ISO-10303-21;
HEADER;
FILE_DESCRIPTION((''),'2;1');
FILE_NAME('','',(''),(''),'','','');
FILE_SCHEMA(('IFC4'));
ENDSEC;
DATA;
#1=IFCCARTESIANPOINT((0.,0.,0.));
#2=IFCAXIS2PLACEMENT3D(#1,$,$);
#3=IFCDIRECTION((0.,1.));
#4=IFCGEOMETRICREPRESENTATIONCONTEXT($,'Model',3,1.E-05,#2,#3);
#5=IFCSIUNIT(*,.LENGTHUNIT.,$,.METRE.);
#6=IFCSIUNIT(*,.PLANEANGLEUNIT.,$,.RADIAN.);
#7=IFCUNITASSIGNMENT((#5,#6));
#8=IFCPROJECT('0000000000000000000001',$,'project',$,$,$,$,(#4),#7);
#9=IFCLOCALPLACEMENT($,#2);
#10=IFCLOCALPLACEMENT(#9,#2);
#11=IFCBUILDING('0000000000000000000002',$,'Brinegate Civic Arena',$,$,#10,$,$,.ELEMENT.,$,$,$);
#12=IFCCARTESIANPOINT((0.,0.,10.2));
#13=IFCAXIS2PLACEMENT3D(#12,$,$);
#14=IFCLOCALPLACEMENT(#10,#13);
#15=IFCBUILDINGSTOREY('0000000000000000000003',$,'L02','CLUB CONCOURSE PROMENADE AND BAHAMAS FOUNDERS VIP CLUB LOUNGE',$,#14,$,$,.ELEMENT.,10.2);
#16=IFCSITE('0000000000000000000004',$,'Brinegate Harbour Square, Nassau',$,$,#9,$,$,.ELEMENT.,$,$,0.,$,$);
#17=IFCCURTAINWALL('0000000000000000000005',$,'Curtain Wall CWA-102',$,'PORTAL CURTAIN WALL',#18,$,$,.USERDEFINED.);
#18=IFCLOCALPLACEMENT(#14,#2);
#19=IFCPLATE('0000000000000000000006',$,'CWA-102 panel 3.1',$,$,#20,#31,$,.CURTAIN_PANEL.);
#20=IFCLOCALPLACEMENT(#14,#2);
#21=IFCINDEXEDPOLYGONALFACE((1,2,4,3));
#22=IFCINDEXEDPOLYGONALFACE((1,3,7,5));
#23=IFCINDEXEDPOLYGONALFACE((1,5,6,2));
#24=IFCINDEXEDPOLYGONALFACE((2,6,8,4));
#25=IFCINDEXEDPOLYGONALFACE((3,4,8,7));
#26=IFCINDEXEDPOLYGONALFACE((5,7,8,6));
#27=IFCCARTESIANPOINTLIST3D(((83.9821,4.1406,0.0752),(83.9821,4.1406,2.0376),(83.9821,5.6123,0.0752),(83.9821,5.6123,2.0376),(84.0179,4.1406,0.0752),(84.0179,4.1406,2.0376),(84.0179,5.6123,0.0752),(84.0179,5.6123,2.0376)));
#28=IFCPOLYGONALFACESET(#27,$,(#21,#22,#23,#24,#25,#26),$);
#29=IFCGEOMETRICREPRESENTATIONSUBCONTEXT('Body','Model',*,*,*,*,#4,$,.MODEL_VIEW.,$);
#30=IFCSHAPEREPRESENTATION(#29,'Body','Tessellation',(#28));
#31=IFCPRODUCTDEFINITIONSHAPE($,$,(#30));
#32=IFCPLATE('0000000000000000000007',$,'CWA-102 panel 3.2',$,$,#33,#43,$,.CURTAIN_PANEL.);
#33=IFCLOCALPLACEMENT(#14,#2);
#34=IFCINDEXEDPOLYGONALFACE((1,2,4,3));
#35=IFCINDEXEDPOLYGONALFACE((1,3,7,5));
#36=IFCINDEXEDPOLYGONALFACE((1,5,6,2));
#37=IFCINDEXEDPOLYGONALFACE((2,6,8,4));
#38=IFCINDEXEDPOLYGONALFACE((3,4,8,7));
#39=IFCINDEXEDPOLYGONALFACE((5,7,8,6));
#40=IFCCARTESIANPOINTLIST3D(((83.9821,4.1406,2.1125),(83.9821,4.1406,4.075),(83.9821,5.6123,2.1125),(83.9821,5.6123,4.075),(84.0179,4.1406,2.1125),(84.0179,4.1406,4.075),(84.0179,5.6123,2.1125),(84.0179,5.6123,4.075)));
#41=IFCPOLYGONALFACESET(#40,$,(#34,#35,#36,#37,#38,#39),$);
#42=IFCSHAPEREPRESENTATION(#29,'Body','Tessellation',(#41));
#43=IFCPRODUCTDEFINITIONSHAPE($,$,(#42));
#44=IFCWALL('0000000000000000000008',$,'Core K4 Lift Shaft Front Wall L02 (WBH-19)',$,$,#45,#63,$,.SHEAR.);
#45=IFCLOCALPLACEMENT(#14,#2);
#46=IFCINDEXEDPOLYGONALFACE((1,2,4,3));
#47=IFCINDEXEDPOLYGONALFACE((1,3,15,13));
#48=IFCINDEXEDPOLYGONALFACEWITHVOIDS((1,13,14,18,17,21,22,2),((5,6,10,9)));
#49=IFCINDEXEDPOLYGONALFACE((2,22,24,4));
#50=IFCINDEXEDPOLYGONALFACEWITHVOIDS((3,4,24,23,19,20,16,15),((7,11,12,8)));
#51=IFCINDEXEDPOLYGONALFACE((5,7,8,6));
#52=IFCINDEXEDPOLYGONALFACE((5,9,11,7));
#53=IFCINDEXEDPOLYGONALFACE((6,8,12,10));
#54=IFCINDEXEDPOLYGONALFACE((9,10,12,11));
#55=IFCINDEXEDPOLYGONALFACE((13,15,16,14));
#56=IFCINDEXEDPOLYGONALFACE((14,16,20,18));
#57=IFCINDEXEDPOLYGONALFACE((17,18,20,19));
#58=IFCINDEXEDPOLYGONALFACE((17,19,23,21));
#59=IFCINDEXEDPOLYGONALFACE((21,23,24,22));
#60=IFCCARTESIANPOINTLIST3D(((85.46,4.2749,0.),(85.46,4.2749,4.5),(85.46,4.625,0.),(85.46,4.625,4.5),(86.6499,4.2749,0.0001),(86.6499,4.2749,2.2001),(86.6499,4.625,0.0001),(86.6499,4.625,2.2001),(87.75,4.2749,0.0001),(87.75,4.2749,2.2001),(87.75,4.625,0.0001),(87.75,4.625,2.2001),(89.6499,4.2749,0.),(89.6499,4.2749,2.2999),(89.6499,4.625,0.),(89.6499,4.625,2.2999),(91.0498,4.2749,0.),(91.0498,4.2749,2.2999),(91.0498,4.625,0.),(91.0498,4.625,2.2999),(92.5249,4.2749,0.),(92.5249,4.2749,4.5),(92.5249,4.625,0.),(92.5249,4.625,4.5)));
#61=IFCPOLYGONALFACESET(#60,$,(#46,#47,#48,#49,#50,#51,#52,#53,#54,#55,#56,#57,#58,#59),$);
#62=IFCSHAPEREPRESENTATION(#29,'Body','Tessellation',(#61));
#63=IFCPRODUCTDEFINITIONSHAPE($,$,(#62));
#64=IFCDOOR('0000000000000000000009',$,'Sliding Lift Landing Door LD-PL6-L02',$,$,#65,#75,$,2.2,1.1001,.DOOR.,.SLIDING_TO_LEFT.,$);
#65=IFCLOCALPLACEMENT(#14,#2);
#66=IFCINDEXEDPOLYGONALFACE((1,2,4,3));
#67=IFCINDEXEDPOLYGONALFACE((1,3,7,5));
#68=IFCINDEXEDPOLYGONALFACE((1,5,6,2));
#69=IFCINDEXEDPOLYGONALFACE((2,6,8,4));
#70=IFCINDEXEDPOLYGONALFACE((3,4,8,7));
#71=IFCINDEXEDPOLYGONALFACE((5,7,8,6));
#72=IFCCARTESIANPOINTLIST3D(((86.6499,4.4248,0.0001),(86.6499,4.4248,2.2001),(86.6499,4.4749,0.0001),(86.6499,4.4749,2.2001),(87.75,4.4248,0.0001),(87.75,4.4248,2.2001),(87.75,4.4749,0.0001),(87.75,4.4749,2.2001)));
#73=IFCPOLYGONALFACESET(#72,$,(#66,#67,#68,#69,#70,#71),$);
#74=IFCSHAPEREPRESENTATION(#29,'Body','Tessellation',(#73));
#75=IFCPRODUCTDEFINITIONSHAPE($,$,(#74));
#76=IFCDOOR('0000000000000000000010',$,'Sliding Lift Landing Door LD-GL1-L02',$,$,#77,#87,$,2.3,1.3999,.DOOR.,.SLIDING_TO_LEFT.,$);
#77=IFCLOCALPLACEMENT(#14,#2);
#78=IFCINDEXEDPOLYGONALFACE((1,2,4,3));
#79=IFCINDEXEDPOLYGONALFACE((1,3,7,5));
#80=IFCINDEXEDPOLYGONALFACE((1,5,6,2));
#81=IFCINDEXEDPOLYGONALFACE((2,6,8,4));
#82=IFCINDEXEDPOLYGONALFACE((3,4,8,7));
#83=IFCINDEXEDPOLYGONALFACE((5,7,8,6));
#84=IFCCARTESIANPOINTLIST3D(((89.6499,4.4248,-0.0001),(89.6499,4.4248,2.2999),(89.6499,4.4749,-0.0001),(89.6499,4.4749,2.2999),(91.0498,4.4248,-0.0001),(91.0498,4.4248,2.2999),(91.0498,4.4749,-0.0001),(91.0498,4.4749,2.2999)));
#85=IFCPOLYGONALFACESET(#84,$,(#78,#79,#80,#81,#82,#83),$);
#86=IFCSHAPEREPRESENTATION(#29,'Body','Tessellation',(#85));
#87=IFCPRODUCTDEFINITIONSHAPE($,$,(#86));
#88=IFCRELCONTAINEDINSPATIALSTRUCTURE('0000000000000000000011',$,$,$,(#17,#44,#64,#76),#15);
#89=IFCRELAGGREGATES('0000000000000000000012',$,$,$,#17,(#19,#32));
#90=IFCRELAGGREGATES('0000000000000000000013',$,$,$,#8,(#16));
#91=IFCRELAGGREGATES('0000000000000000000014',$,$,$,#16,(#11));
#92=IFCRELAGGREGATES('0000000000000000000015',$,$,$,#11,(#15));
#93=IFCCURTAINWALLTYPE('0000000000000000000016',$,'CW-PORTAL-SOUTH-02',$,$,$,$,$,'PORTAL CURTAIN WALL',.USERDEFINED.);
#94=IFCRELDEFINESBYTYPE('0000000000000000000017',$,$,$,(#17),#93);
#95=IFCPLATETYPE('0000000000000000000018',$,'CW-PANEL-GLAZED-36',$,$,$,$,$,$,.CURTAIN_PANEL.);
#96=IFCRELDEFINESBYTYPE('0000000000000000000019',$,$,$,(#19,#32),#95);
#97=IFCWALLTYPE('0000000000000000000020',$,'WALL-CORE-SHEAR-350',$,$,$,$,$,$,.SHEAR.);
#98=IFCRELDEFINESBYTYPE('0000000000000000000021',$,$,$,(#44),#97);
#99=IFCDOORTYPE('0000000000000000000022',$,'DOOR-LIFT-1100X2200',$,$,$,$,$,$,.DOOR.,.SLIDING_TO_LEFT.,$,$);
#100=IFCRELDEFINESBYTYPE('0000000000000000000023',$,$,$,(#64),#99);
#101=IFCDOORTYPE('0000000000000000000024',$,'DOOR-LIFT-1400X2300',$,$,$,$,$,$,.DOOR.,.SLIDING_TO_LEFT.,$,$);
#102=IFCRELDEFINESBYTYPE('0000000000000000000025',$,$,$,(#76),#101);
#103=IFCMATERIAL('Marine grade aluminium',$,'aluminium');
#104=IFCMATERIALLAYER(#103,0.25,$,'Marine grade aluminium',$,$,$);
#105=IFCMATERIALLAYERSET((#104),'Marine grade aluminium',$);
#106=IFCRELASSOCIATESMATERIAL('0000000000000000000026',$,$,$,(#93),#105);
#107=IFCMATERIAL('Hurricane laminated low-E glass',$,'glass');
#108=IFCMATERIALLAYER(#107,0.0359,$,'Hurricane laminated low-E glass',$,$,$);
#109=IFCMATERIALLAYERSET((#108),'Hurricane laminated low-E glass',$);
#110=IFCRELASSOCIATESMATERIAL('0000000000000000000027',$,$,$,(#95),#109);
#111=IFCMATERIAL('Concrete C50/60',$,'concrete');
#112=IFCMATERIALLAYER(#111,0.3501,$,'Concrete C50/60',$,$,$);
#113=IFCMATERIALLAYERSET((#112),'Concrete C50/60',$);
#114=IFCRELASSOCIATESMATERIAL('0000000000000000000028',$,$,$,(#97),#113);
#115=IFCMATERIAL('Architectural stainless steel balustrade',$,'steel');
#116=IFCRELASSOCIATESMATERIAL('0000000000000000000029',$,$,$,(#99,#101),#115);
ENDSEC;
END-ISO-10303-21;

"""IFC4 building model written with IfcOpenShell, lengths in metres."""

from ifc_helpers import new_model, si_unit, direction, frame, frame_2d, origin, origin_2d, place, context, subcontext, project, spatial, rectangle, extrude, material, layer, layer_set, type_object, element, fill, aggregate, save


model = new_model("IFC4")

# Units and contexts
model_context = context("Model", 3, precision=1e-05, world=origin(), true_north=direction((0.0, 1.0)))
body_context = subcontext(model_context, "Body", "Model", "MODEL_VIEW")
ifc_project = project(units=[si_unit("LENGTHUNIT", "METRE"), si_unit("PLANEANGLEUNIT", "RADIAN")], contexts=[model_context])

# Site, building, storey
site_placement = place(None, origin())
site = spatial("IfcSite", under=ifc_project, at=site_placement, Name="Brinegate Harbour Square, Nassau", CompositionType="ELEMENT", RefElevation=0.0)
building_placement = place(site_placement, origin())
building = spatial("IfcBuilding", under=site, at=building_placement, Name="Brinegate Civic Arena", CompositionType="ELEMENT")
storey_placement = place(building_placement, frame((0.0, 0.0, 10.2)))
storey = spatial("IfcBuildingStorey", under=building, at=storey_placement, Name="L02", Description="CLUB CONCOURSE PROMENADE AND BAHAMAS FOUNDERS VIP CLUB LOUNGE", CompositionType="ELEMENT", Elevation=10.2)

# Curtain wall, plates
ifc_material_1 = material(Name="Marine grade aluminium", Category="aluminium")
ifc_layer_1 = layer(ifc_material_1, 0.25, Name="Marine grade aluminium")
ifc_layer_set_1 = layer_set([ifc_layer_1], Name="Marine grade aluminium")
curtain_wall_type = type_object("IfcCurtainWallType", Name="CW-PORTAL-SOUTH-02", ElementType="PORTAL CURTAIN WALL", PredefinedType="USERDEFINED", material=ifc_layer_set_1)
curtain_wall_placement = place(storey_placement, origin())
curtain_wall = element("IfcCurtainWall", 1, at=curtain_wall_placement, inside=storey, type_object=curtain_wall_type, Name="Curtain Wall CWA-102", ObjectType="PORTAL CURTAIN WALL", PredefinedType="USERDEFINED")
ifc_material_2 = material(Name="Hurricane laminated low-E glass", Category="glass")
ifc_layer_2 = layer(ifc_material_2, 0.0359, Name="Hurricane laminated low-E glass")
ifc_layer_set_2 = layer_set([ifc_layer_2], Name="Hurricane laminated low-E glass")
plate_type = type_object("IfcPlateType", Name="CW-PANEL-GLAZED-36", PredefinedType="CURTAIN_PANEL", material=ifc_layer_set_2)
plate_1_placement = place(storey_placement, frame((84.0, 4.8765, 0.0752), z_axis=(0.0, 0.0, 1.0), x_axis=(0.0, 1.0, 0.0)))
plate_1 = element("IfcPlate", 2, at=plate_1_placement, type_object=plate_type, Name="CWA-102 panel 3.1", PredefinedType="CURTAIN_PANEL", context=body_context, shape_type="SweptSolid", body=[
    extrude(rectangle(XDim=1.4717, YDim=0.0359, at=origin_2d()), origin(), (0.0, 0.0, 1.0), 1.9624),
])
plate_2_placement = place(storey_placement, frame((84.0, 4.8765, 2.1125), z_axis=(0.0, 0.0, 1.0), x_axis=(0.0, 1.0, 0.0)))
plate_2 = element("IfcPlate", 3, at=plate_2_placement, type_object=plate_type, Name="CWA-102 panel 3.2", PredefinedType="CURTAIN_PANEL", context=body_context, shape_type="SweptSolid", body=[
    extrude(rectangle(XDim=1.4717, YDim=0.0359, at=origin_2d()), origin(), (0.0, 0.0, 1.0), 1.9624),
])
aggregate(curtain_wall, [plate_1, plate_2])

# Wall, openings, doors
ifc_material_3 = material(Name="Concrete C50/60", Category="concrete")
ifc_layer_3 = layer(ifc_material_3, 0.3501, Name="Concrete C50/60")
ifc_layer_set_3 = layer_set([ifc_layer_3], Name="Concrete C50/60")
wall_type = type_object("IfcWallType", Name="WALL-CORE-SHEAR-350", PredefinedType="SHEAR", material=ifc_layer_set_3)
wall_placement = place(storey_placement, frame((85.46, 4.45, 0.0), z_axis=(0.0, 0.0, 1.0), x_axis=(1.0, 0.0, 0.0)))
wall = element("IfcWall", 4, at=wall_placement, inside=storey, type_object=wall_type, Name="Core K4 Lift Shaft Front Wall L02 (WBH-19)", PredefinedType="SHEAR", context=body_context, shape_type="SweptSolid", body=[
    extrude(rectangle(XDim=7.0649, YDim=0.3501, at=frame_2d((3.5325, 0.0))), origin(), (0.0, 0.0, 1.0), 4.5),
])
opening_1_placement = place(wall_placement, frame((1.1899, 0.0, 0.0)))
opening_1 = element("IfcOpeningElement", 5, at=opening_1_placement, cuts=wall, PredefinedType="OPENING", context=body_context, shape_type="SweptSolid", body=[
    extrude(rectangle(XDim=1.1001, YDim=2.2, at=frame_2d((0.55, 1.1001))), frame((0.0, 0.1851, 0.0), z_axis=(0.0, -1.0, 0.0), x_axis=(1.0, 0.0, 0.0)), (0.0, 0.0, 1.0), 0.3701),
])
opening_2_placement = place(wall_placement, frame((4.1899, 0.0, 0.0)))
opening_2 = element("IfcOpeningElement", 6, at=opening_2_placement, cuts=wall, PredefinedType="OPENING", context=body_context, shape_type="SweptSolid", body=[
    extrude(rectangle(XDim=1.3999, YDim=2.3, at=frame_2d((0.7, 1.1499))), frame((0.0, 0.1851, 0.0), z_axis=(0.0, -1.0, 0.0), x_axis=(1.0, 0.0, 0.0)), (0.0, 0.0, 1.0), 0.3701),
])
ifc_material_4 = material(Name="Architectural stainless steel balustrade", Category="steel")
door_type_1 = type_object("IfcDoorType", Name="DOOR-LIFT-1100X2200", OperationType="SLIDING_TO_LEFT", PredefinedType="DOOR", material=ifc_material_4)
door_1_placement = place(opening_1_placement, origin())
door_1 = element("IfcDoor", 7, at=door_1_placement, inside=storey, type_object=door_type_1, Name="Sliding Lift Landing Door LD-PL6-L02", OperationType="SLIDING_TO_LEFT", OverallHeight=2.2, OverallWidth=1.1001, PredefinedType="DOOR", context=body_context, shape_type="SweptSolid", body=[
    extrude(rectangle(XDim=1.1001, YDim=2.2, at=frame_2d((0.55, 1.1001))), frame((0.0, 0.0249, 0.0), z_axis=(0.0, -1.0, 0.0), x_axis=(1.0, 0.0, 0.0)), (0.0, 0.0, 1.0), 0.05),
])
fill(opening_1, door_1)
door_type_2 = type_object("IfcDoorType", Name="DOOR-LIFT-1400X2300", OperationType="SLIDING_TO_LEFT", PredefinedType="DOOR", material=ifc_material_4)
door_2_placement = place(opening_2_placement, origin())
door_2 = element("IfcDoor", 8, at=door_2_placement, inside=storey, type_object=door_type_2, Name="Sliding Lift Landing Door LD-GL1-L02", OperationType="SLIDING_TO_LEFT", OverallHeight=2.3, OverallWidth=1.3999, PredefinedType="DOOR", context=body_context, shape_type="SweptSolid", body=[
    extrude(rectangle(XDim=1.3999, YDim=2.3, at=frame_2d((0.7, 1.1499))), frame((0.0, 0.0249, 0.0), z_axis=(0.0, -1.0, 0.0), x_axis=(1.0, 0.0, 0.0)), (0.0, 0.0, 1.0), 0.05),
])
fill(opening_2, door_2)

save(model, "model.ifc")
